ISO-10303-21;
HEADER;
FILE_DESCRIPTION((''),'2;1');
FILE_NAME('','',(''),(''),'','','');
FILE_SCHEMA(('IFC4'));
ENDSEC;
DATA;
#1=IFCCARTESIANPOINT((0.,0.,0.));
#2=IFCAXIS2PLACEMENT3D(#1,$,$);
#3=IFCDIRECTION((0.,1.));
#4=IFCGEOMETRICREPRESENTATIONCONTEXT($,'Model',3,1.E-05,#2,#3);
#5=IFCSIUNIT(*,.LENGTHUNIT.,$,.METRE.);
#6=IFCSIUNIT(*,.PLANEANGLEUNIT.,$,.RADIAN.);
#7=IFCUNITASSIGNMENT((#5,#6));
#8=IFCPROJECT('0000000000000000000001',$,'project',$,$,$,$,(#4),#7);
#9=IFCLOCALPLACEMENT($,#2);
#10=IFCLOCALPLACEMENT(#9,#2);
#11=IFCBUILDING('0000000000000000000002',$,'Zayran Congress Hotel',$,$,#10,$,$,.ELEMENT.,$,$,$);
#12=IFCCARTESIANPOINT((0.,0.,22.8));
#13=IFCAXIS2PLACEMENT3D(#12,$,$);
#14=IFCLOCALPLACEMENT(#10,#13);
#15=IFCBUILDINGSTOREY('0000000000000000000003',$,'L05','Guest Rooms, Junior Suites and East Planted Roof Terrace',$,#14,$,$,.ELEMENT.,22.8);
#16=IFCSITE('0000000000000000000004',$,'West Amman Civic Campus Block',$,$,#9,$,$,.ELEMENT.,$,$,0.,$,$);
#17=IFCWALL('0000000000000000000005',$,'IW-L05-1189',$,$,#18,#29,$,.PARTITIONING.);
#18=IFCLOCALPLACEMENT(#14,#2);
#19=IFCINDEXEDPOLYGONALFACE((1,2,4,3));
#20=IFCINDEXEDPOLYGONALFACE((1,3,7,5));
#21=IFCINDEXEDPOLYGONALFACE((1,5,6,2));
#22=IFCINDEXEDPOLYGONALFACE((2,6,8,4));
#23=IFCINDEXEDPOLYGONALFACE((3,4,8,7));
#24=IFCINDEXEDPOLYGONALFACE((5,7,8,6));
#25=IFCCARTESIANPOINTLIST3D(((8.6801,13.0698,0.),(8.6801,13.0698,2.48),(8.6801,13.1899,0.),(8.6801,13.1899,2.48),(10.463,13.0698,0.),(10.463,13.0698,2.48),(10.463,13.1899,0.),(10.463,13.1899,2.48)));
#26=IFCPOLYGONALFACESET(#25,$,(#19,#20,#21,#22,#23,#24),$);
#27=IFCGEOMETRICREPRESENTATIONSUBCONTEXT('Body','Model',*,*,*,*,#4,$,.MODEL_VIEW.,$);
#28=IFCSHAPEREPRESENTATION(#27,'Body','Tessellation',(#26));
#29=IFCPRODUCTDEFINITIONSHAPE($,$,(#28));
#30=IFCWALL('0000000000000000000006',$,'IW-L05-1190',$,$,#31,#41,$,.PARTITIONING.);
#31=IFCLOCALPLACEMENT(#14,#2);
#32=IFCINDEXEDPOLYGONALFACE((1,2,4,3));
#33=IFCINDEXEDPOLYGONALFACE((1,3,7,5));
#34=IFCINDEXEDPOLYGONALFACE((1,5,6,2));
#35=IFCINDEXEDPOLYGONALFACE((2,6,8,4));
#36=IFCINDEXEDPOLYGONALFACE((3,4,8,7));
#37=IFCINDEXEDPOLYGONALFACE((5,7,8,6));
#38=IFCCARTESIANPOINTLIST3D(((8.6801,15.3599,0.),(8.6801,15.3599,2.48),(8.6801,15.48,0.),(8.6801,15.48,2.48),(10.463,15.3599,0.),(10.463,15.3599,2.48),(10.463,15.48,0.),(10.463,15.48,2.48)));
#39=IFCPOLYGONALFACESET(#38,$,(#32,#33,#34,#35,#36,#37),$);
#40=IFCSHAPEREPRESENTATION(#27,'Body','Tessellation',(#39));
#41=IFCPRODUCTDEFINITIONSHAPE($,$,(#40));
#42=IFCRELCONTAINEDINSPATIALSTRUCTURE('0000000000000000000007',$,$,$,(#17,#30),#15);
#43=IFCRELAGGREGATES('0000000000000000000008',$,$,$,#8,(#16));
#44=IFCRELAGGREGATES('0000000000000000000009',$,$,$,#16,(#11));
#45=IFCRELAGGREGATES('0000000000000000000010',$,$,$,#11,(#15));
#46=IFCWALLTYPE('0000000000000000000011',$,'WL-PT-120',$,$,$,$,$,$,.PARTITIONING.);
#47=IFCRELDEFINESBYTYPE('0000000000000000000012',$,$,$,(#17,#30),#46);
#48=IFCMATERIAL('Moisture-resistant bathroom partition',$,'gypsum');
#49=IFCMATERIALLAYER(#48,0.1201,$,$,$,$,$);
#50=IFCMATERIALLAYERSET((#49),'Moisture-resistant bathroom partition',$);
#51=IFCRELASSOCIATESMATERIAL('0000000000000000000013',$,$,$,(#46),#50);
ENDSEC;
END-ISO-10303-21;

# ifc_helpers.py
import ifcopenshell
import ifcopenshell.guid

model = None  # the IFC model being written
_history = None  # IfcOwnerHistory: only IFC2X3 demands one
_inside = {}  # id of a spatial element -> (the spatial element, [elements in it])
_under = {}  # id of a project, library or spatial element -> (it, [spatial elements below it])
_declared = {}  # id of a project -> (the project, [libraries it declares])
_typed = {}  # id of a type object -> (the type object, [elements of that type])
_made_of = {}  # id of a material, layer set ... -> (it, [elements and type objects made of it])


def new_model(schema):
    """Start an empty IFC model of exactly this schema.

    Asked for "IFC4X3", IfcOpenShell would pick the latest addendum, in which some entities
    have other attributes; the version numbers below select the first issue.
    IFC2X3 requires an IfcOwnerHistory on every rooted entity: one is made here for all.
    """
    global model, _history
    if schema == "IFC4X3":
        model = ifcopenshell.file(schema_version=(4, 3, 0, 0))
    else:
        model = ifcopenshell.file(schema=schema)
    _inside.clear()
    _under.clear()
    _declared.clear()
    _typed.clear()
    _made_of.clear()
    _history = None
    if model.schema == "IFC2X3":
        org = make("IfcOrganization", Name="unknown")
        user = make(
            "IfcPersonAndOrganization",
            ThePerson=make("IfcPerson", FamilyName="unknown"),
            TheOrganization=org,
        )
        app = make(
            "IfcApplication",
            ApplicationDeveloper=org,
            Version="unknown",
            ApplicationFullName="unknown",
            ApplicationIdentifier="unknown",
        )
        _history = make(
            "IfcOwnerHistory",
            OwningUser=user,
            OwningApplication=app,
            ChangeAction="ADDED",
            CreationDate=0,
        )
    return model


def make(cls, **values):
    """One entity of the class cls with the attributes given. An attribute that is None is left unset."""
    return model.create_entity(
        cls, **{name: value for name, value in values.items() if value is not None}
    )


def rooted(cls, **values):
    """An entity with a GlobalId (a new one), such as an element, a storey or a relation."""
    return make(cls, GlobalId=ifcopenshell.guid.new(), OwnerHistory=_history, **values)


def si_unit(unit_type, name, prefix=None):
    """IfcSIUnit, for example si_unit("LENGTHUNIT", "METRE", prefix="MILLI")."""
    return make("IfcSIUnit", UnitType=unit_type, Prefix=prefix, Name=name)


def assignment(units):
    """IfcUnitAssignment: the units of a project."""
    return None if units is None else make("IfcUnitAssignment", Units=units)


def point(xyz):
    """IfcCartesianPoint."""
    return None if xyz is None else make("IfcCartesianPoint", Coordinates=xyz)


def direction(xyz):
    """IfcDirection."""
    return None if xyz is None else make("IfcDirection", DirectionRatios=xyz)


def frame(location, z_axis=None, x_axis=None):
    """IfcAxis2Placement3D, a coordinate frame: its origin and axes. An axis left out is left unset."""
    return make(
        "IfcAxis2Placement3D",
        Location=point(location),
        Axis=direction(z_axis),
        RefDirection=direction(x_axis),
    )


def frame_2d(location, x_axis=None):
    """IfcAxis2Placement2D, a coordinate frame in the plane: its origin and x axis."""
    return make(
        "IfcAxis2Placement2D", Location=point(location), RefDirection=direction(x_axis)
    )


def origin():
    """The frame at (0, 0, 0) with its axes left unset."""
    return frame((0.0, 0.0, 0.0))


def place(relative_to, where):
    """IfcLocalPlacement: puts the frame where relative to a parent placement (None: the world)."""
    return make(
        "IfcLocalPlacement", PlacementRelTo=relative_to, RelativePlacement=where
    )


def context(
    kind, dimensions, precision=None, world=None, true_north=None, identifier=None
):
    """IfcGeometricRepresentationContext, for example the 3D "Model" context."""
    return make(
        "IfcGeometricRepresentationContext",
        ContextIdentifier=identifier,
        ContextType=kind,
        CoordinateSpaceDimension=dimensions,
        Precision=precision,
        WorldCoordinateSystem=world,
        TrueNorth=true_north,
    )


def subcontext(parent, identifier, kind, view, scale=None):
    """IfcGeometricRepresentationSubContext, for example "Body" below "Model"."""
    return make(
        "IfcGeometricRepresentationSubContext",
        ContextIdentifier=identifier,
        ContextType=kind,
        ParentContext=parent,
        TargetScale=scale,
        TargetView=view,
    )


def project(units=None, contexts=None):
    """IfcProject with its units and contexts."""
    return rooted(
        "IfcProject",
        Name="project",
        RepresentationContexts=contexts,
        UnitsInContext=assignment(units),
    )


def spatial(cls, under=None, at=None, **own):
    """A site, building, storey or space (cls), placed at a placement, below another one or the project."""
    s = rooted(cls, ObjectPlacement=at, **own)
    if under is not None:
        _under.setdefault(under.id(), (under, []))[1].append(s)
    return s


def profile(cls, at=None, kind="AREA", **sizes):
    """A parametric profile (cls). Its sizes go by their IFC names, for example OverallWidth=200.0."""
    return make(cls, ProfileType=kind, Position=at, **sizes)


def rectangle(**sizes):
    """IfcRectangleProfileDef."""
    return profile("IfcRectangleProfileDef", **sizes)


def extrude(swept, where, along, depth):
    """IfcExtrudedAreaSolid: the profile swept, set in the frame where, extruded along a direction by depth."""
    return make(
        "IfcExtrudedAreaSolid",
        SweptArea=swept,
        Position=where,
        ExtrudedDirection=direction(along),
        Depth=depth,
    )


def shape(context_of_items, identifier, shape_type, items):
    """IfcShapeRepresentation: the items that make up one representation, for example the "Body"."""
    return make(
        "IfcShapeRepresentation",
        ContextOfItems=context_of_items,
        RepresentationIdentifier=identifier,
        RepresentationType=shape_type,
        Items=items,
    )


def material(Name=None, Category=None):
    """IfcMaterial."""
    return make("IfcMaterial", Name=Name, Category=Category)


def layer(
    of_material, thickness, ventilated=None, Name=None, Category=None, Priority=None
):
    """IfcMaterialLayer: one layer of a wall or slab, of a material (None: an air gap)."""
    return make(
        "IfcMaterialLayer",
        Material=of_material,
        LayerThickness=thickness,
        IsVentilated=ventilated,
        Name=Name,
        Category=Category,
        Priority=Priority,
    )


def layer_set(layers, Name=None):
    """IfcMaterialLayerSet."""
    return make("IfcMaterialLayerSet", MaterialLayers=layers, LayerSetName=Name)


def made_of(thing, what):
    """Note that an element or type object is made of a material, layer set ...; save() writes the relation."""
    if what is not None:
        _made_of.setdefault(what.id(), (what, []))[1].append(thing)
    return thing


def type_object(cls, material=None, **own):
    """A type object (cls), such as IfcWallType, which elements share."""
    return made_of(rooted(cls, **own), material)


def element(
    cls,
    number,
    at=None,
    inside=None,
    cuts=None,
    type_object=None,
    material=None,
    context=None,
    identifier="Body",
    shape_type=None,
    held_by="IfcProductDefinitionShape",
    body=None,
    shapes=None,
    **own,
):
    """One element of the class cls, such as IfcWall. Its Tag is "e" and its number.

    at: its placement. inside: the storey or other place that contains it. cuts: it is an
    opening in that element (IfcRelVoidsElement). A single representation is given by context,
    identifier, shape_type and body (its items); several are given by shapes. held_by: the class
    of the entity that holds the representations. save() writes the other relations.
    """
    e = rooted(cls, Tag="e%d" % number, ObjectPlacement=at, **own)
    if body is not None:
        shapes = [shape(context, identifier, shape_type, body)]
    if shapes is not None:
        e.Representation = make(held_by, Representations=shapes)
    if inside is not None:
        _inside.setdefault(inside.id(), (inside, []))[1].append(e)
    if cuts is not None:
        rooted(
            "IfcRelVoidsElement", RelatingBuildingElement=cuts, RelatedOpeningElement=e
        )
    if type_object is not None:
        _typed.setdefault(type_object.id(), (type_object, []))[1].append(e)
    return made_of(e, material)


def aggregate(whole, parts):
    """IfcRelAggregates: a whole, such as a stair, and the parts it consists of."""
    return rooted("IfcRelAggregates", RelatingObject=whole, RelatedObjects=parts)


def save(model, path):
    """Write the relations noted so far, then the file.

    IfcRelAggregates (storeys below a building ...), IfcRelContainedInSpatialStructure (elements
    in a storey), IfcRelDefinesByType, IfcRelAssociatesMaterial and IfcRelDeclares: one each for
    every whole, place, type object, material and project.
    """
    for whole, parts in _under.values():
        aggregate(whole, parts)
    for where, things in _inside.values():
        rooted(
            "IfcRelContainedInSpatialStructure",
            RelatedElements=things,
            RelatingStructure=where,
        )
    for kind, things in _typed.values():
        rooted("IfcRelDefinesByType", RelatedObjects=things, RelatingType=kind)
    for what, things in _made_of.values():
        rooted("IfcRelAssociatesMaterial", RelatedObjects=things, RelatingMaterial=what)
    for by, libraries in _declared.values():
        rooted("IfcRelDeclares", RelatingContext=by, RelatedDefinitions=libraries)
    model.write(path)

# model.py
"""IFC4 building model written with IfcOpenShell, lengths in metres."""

from ifc_helpers import new_model, si_unit, direction, frame, frame_2d, origin, place, context, subcontext, project, spatial, rectangle, extrude, material, layer, layer_set, type_object, element, save


model = new_model("IFC4")

# Units and contexts
model_context = context("Model", 3, precision=1e-05, world=origin(), true_north=direction((0.0, 1.0)))
body_context = subcontext(model_context, "Body", "Model", "MODEL_VIEW")
ifc_project = project(units=[si_unit("LENGTHUNIT", "METRE"), si_unit("PLANEANGLEUNIT", "RADIAN")], contexts=[model_context])

# Site, building, storey
site_placement = place(None, origin())
site = spatial("IfcSite", under=ifc_project, at=site_placement, Name="West Amman Civic Campus Block", CompositionType="ELEMENT", RefElevation=0.0)
building_placement = place(site_placement, origin())
building = spatial("IfcBuilding", under=site, at=building_placement, Name="Zayran Congress Hotel", CompositionType="ELEMENT")
storey_placement = place(building_placement, frame((0.0, 0.0, 22.8)))
storey = spatial("IfcBuildingStorey", under=building, at=storey_placement, Name="L05", Description="Guest Rooms, Junior Suites and East Planted Roof Terrace", CompositionType="ELEMENT", Elevation=22.8)

# Shared definitions
ifc_material_1 = material(Name="Moisture-resistant bathroom partition", Category="gypsum")
ifc_layer_1 = layer(ifc_material_1, 0.1201)
ifc_layer_set_1 = layer_set([ifc_layer_1], Name="Moisture-resistant bathroom partition")
wall_type_1 = type_object("IfcWallType", Name="WL-PT-120", PredefinedType="PARTITIONING", material=ifc_layer_set_1)

# Walls
for number, where, z_axis, x_axis, name in (
    (1, (8.6799, 13.1299, 0.0), (0.0, 0.0, 1.0), (1.0, 0.0, 0.0), "IW-L05-1189"),
    (2, (8.6799, 15.4199, 0.0), (0.0, 0.0, 1.0), (1.0, 0.0, 0.0), "IW-L05-1190"),
):
    element("IfcWall", number, at=place(storey_placement, frame(where, z_axis=z_axis, x_axis=x_axis)), inside=storey, type_object=wall_type_1, Name=name, PredefinedType="PARTITIONING", context=body_context, shape_type="SweptSolid", body=[
        extrude(rectangle(XDim=1.783, YDim=0.1201, at=frame_2d((0.8916, 0.0))), origin(), (0.0, 0.0, 1.0), 2.48),
    ])

save(model, "model.ifc")
